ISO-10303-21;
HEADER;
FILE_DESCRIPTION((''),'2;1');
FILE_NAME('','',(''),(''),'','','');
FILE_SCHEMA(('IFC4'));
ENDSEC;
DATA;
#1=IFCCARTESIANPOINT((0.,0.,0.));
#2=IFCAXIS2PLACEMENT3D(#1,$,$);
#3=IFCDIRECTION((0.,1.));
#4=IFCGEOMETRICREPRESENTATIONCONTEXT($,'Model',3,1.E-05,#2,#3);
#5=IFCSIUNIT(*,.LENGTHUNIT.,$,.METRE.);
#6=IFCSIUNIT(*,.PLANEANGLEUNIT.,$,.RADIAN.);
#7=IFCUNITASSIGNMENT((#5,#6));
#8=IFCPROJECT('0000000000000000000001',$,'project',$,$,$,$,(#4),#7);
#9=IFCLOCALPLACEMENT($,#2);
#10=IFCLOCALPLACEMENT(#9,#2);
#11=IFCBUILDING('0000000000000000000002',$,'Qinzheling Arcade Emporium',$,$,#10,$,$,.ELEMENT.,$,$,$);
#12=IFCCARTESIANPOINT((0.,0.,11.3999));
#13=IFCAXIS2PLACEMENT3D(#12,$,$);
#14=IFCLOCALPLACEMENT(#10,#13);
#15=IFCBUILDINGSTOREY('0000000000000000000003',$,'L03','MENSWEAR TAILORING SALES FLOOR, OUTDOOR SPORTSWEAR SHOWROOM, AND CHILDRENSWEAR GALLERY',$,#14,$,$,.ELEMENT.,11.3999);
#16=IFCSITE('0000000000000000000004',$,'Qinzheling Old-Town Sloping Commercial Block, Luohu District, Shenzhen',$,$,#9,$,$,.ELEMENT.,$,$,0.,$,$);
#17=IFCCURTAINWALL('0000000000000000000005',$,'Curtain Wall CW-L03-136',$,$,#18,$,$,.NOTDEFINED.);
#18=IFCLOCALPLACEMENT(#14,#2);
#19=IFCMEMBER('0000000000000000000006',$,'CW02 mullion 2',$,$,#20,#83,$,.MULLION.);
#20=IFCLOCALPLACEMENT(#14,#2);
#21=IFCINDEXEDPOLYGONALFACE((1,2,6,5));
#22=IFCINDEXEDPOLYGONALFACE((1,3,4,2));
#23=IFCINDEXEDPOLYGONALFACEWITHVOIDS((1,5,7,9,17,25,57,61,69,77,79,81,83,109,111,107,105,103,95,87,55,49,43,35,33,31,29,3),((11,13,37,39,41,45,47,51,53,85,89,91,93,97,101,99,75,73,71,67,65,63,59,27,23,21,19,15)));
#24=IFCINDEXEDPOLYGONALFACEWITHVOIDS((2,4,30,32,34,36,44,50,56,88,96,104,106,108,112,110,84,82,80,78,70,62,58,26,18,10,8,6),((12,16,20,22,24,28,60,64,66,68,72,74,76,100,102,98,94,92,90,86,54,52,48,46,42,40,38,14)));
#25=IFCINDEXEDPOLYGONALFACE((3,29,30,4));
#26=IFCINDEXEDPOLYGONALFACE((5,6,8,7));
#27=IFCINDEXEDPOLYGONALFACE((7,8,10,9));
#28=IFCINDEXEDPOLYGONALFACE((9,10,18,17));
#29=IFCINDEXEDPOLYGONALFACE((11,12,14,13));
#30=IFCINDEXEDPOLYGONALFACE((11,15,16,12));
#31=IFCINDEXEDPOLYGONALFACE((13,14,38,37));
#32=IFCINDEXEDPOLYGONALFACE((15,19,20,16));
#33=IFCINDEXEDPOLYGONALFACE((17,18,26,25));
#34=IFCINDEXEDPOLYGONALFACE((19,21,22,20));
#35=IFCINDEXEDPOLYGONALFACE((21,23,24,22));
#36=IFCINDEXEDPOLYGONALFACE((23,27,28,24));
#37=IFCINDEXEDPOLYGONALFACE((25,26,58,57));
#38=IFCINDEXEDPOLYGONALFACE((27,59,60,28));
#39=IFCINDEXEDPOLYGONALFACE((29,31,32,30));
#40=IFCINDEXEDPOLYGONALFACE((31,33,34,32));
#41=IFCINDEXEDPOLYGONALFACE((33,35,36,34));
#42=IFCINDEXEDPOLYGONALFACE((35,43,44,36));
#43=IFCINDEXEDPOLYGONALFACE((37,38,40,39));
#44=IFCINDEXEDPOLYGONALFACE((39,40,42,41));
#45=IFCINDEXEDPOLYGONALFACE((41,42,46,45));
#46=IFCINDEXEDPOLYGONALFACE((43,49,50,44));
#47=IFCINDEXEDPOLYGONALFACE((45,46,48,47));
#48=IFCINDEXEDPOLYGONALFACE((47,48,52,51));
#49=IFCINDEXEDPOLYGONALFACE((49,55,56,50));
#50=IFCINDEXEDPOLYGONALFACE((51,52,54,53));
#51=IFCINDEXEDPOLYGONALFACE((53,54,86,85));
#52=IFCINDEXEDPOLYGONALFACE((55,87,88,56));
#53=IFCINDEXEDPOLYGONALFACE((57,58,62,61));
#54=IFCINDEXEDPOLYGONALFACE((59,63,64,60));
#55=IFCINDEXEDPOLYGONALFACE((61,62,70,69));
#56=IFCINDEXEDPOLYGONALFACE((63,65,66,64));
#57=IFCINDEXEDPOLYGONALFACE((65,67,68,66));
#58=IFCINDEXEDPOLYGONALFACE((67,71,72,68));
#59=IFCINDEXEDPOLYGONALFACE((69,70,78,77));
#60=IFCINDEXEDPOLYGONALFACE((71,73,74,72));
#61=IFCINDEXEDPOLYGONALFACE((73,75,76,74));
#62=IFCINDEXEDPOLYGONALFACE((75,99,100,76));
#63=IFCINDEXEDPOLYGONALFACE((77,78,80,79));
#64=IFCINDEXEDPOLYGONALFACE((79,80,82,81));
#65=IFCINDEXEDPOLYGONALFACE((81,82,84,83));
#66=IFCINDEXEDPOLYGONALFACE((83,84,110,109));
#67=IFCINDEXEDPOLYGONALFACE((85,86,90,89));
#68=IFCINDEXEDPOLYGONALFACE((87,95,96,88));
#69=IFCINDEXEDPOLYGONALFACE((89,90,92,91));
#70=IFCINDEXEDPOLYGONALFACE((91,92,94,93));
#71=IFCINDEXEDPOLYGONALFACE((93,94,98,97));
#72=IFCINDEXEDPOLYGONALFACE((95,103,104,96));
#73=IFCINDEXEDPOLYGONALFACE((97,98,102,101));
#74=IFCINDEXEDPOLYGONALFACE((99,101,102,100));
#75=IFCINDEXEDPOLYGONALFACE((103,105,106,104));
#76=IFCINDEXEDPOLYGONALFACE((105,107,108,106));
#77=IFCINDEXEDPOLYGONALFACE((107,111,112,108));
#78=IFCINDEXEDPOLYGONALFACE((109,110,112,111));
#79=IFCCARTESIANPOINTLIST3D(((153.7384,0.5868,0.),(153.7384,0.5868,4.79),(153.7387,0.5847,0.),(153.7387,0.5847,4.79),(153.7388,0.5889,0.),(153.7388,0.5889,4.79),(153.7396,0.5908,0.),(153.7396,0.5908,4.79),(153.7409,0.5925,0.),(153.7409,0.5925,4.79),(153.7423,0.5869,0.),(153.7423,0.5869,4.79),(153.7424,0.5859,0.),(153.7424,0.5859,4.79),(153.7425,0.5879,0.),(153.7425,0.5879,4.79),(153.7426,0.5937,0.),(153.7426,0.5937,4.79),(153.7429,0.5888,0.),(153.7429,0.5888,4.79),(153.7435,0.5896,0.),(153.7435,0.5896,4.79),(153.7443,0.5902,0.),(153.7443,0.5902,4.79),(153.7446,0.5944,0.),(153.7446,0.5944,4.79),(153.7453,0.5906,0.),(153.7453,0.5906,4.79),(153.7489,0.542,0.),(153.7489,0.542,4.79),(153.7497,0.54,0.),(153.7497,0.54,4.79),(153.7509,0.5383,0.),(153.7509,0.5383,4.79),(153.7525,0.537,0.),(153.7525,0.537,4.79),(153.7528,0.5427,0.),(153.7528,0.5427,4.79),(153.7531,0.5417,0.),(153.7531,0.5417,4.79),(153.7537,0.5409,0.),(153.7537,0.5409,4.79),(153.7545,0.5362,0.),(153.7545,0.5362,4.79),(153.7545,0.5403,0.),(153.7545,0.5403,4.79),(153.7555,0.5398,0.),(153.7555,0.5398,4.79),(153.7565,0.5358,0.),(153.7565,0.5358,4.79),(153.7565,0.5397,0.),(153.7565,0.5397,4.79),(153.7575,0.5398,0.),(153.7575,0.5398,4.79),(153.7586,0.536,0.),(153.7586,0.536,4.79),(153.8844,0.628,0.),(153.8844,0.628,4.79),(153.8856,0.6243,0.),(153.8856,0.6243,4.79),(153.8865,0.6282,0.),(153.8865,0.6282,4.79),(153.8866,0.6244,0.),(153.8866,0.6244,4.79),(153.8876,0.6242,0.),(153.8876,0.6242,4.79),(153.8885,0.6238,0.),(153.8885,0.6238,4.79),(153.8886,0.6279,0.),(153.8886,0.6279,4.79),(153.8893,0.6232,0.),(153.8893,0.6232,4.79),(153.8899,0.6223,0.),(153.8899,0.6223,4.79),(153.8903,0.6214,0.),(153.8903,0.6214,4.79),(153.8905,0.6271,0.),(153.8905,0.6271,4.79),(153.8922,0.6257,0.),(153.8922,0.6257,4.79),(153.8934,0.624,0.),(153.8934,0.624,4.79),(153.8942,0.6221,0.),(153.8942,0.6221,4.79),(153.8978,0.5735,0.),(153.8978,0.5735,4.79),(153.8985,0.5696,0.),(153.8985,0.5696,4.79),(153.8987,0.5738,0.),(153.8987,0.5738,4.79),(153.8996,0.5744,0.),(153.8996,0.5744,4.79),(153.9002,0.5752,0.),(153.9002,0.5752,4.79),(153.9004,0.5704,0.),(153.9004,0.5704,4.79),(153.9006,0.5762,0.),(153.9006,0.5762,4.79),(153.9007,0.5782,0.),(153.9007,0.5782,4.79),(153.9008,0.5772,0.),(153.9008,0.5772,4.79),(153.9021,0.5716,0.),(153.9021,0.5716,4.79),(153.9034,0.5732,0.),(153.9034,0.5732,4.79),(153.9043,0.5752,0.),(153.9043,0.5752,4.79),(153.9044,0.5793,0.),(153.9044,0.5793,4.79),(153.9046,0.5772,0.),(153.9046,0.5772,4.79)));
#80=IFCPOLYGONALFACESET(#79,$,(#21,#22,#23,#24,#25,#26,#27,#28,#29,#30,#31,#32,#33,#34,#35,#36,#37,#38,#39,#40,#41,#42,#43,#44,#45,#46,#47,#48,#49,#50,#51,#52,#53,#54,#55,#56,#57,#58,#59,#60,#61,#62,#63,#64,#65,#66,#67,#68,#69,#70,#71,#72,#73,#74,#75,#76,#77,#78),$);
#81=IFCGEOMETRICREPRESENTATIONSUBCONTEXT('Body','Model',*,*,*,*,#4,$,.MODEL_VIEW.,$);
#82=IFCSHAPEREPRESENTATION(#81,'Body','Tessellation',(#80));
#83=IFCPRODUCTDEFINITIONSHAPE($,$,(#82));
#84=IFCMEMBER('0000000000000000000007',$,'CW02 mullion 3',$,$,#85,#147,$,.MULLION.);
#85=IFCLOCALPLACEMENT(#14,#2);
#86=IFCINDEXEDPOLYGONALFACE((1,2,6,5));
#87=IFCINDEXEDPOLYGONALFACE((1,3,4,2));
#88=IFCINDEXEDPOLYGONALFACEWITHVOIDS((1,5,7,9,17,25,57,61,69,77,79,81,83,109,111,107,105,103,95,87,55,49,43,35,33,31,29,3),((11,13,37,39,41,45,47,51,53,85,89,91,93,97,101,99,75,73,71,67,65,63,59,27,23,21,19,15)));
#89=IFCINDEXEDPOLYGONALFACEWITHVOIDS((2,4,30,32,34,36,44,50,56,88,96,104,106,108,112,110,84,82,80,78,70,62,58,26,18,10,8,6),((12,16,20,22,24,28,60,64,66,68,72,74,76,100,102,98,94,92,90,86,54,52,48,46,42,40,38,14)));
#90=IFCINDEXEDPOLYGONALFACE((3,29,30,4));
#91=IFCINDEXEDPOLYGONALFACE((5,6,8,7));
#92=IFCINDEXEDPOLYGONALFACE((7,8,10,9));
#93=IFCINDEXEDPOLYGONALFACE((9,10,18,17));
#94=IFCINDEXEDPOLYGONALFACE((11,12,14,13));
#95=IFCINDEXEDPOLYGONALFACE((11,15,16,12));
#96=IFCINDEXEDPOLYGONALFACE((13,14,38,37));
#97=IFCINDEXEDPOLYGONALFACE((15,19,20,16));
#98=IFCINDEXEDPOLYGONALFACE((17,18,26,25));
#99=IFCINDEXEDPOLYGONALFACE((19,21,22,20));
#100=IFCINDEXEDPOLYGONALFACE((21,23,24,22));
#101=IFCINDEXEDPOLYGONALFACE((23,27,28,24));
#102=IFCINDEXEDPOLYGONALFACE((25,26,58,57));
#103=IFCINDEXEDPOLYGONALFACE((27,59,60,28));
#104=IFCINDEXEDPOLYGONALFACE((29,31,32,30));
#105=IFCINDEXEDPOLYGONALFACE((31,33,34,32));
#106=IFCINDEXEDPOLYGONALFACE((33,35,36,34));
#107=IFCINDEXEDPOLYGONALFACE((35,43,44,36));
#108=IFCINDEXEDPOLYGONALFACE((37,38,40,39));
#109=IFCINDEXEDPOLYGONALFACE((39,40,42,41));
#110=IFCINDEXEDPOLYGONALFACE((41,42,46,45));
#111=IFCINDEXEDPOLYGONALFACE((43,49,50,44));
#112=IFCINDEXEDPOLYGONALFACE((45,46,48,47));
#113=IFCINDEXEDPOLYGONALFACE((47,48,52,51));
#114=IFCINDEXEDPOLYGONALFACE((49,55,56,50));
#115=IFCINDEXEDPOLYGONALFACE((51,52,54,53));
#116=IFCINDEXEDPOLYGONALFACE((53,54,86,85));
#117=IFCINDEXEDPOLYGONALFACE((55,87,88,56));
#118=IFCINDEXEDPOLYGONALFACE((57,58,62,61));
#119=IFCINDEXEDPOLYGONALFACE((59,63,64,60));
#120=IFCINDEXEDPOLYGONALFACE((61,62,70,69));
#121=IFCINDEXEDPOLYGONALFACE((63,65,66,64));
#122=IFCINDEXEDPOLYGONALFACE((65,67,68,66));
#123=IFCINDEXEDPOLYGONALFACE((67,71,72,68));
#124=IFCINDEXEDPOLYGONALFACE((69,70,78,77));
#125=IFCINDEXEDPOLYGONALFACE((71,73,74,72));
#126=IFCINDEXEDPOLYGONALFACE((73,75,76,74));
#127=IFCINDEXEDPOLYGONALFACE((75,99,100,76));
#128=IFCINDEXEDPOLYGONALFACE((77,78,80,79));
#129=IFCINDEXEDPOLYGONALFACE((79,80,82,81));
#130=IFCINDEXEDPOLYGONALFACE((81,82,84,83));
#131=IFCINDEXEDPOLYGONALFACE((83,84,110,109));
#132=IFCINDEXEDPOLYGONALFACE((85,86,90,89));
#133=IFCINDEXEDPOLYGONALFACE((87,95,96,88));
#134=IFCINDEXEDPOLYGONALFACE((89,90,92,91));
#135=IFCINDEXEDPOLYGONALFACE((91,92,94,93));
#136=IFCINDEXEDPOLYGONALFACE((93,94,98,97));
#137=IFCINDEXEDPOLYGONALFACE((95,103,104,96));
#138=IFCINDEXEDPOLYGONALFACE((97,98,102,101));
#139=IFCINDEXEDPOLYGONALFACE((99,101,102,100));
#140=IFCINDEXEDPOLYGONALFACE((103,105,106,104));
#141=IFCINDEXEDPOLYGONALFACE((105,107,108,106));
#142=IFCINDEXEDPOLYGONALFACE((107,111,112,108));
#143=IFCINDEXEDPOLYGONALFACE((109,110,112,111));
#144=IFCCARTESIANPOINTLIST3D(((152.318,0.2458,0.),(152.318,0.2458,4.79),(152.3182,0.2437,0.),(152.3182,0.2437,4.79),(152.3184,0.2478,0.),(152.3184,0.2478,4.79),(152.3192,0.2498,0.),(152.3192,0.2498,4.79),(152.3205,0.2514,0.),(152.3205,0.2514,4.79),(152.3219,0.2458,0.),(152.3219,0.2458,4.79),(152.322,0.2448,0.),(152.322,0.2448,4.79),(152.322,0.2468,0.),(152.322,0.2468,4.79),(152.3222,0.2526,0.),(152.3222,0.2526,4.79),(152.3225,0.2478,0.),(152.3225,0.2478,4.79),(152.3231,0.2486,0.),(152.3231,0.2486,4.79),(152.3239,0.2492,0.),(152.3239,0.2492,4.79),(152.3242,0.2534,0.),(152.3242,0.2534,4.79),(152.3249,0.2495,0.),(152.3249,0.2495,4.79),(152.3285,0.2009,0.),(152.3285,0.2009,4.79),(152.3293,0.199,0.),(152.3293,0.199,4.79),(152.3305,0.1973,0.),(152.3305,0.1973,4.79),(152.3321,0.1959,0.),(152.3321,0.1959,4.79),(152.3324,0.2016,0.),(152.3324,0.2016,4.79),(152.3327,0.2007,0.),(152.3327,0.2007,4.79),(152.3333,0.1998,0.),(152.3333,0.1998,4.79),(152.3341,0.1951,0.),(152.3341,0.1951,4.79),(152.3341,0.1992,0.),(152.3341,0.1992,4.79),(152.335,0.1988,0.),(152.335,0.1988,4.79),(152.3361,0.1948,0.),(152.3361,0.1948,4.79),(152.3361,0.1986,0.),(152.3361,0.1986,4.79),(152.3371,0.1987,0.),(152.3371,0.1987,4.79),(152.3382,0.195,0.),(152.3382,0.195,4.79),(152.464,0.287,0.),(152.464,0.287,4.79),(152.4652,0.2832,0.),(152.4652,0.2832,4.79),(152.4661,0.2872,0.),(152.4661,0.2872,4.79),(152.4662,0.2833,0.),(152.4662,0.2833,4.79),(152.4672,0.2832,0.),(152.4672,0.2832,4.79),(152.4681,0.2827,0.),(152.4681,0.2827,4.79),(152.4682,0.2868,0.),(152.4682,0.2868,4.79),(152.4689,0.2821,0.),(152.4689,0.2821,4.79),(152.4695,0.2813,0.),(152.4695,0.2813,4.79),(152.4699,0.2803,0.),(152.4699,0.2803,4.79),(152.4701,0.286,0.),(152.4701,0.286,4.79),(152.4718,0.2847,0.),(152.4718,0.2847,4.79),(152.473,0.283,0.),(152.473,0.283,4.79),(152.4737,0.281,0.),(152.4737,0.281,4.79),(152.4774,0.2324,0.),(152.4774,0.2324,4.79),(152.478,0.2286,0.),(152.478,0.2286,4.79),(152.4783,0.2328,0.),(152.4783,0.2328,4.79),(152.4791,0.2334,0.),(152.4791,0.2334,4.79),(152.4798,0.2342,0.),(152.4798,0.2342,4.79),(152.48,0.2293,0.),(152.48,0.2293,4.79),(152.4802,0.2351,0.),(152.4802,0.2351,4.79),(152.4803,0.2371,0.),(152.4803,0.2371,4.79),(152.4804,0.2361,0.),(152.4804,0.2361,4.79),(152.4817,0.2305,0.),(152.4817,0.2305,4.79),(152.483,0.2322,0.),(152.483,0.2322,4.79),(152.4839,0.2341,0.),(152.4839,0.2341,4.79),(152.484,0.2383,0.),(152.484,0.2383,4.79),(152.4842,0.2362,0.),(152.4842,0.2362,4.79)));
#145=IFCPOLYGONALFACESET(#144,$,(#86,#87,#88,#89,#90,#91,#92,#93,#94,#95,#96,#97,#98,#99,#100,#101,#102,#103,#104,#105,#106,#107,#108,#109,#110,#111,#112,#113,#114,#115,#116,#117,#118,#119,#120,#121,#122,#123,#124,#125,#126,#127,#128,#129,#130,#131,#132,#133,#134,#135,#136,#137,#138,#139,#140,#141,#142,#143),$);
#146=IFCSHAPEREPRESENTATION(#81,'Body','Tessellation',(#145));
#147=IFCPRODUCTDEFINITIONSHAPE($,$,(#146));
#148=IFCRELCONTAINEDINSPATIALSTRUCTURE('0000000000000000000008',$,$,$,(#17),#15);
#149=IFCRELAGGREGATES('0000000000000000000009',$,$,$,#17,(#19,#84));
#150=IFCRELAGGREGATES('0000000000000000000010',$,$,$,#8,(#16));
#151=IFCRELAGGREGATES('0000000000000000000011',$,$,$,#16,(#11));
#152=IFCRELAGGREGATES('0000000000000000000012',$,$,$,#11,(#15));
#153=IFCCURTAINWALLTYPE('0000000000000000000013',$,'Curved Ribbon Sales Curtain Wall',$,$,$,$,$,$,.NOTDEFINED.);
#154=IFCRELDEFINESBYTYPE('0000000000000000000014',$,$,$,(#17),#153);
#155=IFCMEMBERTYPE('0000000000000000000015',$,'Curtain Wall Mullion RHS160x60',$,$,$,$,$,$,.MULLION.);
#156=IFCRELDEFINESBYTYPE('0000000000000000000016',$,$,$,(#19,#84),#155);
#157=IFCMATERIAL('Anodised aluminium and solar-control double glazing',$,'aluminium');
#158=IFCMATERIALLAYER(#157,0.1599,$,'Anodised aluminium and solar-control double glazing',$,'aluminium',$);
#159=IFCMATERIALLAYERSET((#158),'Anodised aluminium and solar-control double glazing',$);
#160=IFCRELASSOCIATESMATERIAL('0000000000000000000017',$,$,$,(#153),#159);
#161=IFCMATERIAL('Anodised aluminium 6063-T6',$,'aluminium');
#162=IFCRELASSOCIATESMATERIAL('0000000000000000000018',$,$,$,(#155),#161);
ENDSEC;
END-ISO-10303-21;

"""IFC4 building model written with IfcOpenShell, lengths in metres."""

from ifc_helpers import new_model, si_unit, direction, frame, origin, origin_2d, place, context, subcontext, project, spatial, hollow_rectangle, extrude, material, layer, layer_set, material_profile, profile_set, type_object, element, aggregate, save


model = new_model("IFC4")

# Units and contexts
model_context = context("Model", 3, precision=1e-05, world=origin(), true_north=direction((0.0, 1.0)))
body_context = subcontext(model_context, "Body", "Model", "MODEL_VIEW")
ifc_project = project(units=[si_unit("LENGTHUNIT", "METRE"), si_unit("PLANEANGLEUNIT", "RADIAN")], contexts=[model_context])

# Site, building, storey
site_placement = place(None, origin())
site = spatial("IfcSite", under=ifc_project, at=site_placement, Name="Qinzheling Old-Town Sloping Commercial Block, Luohu District, Shenzhen", CompositionType="ELEMENT", RefElevation=0.0)
building_placement = place(site_placement, origin())
building = spatial("IfcBuilding", under=site, at=building_placement, Name="Qinzheling Arcade Emporium", CompositionType="ELEMENT")
storey_placement = place(building_placement, frame((0.0, 0.0, 11.3999)))
storey = spatial("IfcBuildingStorey", under=building, at=storey_placement, Name="L03", Description="MENSWEAR TAILORING SALES FLOOR, OUTDOOR SPORTSWEAR SHOWROOM, AND CHILDRENSWEAR GALLERY", CompositionType="ELEMENT", Elevation=11.3999)

# Shared definitions
ifc_material_1 = material(Name="Anodised aluminium and solar-control double glazing", Category="aluminium")
ifc_layer_1 = layer(ifc_material_1, 0.1599, Name="Anodised aluminium and solar-control double glazing", Category="aluminium")
ifc_layer_set_1 = layer_set([ifc_layer_1], Name="Anodised aluminium and solar-control double glazing")
curtain_wall_type_1 = type_object("IfcCurtainWallType", Name="Curved Ribbon Sales Curtain Wall", PredefinedType="NOTDEFINED", material=ifc_layer_set_1)
ifc_material_2 = material(Name="Anodised aluminium 6063-T6", Category="aluminium")
ifc_material_profile_1 = material_profile(ifc_material_2, hollow_rectangle(XDim=0.0601, YDim=0.1599, WallThickness=0.0039, InnerFilletRadius=0.0039, OuterFilletRadius=0.0081, at=origin_2d()), Name="RHS 160x60x4", Category="aluminium")
ifc_profile_set_1 = profile_set([ifc_material_profile_1], Name="Anodised aluminium 6063-T6")
member_type_1 = type_object("IfcMemberType", Name="Curtain Wall Mullion RHS160x60", PredefinedType="MULLION", material=ifc_profile_set_1)

# Curtain wall, members
curtain_wall_1_placement = place(storey_placement, origin())
curtain_wall_1 = element("IfcCurtainWall", 1, at=curtain_wall_1_placement, inside=storey, type_object=curtain_wall_type_1, Name="Curtain Wall CW-L03-136", PredefinedType="NOTDEFINED")
member_1_placement = place(storey_placement, frame((153.8215, 0.582, 0.0), z_axis=(0.0, 0.0, 1.0), x_axis=(0.233449, -0.972369, 0.0)))
member_1 = element("IfcMember", 2, at=member_1_placement, type_object=member_type_1, Name="CW02 mullion 2", PredefinedType="MULLION", context=body_context, shape_type="SweptSolid", body=[
    extrude(hollow_rectangle(XDim=0.0601, YDim=0.1599, WallThickness=0.0039, InnerFilletRadius=0.0039, OuterFilletRadius=0.0081, at=origin_2d()), origin(), (0.0, 0.0, 1.0), 4.79),
])
member_2_placement = place(storey_placement, frame((152.4011, 0.241, 0.0), z_axis=(0.0, 0.0, 1.0), x_axis=(0.233449, -0.972369, 0.0)))
member_2 = element("IfcMember", 3, at=member_2_placement, type_object=member_type_1, Name="CW02 mullion 3", PredefinedType="MULLION", context=body_context, shape_type="SweptSolid", body=[
    extrude(hollow_rectangle(XDim=0.0601, YDim=0.1599, WallThickness=0.0039, InnerFilletRadius=0.0039, OuterFilletRadius=0.0081, at=origin_2d()), origin(), (0.0, 0.0, 1.0), 4.79),
])

aggregate(curtain_wall_1, [member_1, member_2])

save(model, "model.ifc")
